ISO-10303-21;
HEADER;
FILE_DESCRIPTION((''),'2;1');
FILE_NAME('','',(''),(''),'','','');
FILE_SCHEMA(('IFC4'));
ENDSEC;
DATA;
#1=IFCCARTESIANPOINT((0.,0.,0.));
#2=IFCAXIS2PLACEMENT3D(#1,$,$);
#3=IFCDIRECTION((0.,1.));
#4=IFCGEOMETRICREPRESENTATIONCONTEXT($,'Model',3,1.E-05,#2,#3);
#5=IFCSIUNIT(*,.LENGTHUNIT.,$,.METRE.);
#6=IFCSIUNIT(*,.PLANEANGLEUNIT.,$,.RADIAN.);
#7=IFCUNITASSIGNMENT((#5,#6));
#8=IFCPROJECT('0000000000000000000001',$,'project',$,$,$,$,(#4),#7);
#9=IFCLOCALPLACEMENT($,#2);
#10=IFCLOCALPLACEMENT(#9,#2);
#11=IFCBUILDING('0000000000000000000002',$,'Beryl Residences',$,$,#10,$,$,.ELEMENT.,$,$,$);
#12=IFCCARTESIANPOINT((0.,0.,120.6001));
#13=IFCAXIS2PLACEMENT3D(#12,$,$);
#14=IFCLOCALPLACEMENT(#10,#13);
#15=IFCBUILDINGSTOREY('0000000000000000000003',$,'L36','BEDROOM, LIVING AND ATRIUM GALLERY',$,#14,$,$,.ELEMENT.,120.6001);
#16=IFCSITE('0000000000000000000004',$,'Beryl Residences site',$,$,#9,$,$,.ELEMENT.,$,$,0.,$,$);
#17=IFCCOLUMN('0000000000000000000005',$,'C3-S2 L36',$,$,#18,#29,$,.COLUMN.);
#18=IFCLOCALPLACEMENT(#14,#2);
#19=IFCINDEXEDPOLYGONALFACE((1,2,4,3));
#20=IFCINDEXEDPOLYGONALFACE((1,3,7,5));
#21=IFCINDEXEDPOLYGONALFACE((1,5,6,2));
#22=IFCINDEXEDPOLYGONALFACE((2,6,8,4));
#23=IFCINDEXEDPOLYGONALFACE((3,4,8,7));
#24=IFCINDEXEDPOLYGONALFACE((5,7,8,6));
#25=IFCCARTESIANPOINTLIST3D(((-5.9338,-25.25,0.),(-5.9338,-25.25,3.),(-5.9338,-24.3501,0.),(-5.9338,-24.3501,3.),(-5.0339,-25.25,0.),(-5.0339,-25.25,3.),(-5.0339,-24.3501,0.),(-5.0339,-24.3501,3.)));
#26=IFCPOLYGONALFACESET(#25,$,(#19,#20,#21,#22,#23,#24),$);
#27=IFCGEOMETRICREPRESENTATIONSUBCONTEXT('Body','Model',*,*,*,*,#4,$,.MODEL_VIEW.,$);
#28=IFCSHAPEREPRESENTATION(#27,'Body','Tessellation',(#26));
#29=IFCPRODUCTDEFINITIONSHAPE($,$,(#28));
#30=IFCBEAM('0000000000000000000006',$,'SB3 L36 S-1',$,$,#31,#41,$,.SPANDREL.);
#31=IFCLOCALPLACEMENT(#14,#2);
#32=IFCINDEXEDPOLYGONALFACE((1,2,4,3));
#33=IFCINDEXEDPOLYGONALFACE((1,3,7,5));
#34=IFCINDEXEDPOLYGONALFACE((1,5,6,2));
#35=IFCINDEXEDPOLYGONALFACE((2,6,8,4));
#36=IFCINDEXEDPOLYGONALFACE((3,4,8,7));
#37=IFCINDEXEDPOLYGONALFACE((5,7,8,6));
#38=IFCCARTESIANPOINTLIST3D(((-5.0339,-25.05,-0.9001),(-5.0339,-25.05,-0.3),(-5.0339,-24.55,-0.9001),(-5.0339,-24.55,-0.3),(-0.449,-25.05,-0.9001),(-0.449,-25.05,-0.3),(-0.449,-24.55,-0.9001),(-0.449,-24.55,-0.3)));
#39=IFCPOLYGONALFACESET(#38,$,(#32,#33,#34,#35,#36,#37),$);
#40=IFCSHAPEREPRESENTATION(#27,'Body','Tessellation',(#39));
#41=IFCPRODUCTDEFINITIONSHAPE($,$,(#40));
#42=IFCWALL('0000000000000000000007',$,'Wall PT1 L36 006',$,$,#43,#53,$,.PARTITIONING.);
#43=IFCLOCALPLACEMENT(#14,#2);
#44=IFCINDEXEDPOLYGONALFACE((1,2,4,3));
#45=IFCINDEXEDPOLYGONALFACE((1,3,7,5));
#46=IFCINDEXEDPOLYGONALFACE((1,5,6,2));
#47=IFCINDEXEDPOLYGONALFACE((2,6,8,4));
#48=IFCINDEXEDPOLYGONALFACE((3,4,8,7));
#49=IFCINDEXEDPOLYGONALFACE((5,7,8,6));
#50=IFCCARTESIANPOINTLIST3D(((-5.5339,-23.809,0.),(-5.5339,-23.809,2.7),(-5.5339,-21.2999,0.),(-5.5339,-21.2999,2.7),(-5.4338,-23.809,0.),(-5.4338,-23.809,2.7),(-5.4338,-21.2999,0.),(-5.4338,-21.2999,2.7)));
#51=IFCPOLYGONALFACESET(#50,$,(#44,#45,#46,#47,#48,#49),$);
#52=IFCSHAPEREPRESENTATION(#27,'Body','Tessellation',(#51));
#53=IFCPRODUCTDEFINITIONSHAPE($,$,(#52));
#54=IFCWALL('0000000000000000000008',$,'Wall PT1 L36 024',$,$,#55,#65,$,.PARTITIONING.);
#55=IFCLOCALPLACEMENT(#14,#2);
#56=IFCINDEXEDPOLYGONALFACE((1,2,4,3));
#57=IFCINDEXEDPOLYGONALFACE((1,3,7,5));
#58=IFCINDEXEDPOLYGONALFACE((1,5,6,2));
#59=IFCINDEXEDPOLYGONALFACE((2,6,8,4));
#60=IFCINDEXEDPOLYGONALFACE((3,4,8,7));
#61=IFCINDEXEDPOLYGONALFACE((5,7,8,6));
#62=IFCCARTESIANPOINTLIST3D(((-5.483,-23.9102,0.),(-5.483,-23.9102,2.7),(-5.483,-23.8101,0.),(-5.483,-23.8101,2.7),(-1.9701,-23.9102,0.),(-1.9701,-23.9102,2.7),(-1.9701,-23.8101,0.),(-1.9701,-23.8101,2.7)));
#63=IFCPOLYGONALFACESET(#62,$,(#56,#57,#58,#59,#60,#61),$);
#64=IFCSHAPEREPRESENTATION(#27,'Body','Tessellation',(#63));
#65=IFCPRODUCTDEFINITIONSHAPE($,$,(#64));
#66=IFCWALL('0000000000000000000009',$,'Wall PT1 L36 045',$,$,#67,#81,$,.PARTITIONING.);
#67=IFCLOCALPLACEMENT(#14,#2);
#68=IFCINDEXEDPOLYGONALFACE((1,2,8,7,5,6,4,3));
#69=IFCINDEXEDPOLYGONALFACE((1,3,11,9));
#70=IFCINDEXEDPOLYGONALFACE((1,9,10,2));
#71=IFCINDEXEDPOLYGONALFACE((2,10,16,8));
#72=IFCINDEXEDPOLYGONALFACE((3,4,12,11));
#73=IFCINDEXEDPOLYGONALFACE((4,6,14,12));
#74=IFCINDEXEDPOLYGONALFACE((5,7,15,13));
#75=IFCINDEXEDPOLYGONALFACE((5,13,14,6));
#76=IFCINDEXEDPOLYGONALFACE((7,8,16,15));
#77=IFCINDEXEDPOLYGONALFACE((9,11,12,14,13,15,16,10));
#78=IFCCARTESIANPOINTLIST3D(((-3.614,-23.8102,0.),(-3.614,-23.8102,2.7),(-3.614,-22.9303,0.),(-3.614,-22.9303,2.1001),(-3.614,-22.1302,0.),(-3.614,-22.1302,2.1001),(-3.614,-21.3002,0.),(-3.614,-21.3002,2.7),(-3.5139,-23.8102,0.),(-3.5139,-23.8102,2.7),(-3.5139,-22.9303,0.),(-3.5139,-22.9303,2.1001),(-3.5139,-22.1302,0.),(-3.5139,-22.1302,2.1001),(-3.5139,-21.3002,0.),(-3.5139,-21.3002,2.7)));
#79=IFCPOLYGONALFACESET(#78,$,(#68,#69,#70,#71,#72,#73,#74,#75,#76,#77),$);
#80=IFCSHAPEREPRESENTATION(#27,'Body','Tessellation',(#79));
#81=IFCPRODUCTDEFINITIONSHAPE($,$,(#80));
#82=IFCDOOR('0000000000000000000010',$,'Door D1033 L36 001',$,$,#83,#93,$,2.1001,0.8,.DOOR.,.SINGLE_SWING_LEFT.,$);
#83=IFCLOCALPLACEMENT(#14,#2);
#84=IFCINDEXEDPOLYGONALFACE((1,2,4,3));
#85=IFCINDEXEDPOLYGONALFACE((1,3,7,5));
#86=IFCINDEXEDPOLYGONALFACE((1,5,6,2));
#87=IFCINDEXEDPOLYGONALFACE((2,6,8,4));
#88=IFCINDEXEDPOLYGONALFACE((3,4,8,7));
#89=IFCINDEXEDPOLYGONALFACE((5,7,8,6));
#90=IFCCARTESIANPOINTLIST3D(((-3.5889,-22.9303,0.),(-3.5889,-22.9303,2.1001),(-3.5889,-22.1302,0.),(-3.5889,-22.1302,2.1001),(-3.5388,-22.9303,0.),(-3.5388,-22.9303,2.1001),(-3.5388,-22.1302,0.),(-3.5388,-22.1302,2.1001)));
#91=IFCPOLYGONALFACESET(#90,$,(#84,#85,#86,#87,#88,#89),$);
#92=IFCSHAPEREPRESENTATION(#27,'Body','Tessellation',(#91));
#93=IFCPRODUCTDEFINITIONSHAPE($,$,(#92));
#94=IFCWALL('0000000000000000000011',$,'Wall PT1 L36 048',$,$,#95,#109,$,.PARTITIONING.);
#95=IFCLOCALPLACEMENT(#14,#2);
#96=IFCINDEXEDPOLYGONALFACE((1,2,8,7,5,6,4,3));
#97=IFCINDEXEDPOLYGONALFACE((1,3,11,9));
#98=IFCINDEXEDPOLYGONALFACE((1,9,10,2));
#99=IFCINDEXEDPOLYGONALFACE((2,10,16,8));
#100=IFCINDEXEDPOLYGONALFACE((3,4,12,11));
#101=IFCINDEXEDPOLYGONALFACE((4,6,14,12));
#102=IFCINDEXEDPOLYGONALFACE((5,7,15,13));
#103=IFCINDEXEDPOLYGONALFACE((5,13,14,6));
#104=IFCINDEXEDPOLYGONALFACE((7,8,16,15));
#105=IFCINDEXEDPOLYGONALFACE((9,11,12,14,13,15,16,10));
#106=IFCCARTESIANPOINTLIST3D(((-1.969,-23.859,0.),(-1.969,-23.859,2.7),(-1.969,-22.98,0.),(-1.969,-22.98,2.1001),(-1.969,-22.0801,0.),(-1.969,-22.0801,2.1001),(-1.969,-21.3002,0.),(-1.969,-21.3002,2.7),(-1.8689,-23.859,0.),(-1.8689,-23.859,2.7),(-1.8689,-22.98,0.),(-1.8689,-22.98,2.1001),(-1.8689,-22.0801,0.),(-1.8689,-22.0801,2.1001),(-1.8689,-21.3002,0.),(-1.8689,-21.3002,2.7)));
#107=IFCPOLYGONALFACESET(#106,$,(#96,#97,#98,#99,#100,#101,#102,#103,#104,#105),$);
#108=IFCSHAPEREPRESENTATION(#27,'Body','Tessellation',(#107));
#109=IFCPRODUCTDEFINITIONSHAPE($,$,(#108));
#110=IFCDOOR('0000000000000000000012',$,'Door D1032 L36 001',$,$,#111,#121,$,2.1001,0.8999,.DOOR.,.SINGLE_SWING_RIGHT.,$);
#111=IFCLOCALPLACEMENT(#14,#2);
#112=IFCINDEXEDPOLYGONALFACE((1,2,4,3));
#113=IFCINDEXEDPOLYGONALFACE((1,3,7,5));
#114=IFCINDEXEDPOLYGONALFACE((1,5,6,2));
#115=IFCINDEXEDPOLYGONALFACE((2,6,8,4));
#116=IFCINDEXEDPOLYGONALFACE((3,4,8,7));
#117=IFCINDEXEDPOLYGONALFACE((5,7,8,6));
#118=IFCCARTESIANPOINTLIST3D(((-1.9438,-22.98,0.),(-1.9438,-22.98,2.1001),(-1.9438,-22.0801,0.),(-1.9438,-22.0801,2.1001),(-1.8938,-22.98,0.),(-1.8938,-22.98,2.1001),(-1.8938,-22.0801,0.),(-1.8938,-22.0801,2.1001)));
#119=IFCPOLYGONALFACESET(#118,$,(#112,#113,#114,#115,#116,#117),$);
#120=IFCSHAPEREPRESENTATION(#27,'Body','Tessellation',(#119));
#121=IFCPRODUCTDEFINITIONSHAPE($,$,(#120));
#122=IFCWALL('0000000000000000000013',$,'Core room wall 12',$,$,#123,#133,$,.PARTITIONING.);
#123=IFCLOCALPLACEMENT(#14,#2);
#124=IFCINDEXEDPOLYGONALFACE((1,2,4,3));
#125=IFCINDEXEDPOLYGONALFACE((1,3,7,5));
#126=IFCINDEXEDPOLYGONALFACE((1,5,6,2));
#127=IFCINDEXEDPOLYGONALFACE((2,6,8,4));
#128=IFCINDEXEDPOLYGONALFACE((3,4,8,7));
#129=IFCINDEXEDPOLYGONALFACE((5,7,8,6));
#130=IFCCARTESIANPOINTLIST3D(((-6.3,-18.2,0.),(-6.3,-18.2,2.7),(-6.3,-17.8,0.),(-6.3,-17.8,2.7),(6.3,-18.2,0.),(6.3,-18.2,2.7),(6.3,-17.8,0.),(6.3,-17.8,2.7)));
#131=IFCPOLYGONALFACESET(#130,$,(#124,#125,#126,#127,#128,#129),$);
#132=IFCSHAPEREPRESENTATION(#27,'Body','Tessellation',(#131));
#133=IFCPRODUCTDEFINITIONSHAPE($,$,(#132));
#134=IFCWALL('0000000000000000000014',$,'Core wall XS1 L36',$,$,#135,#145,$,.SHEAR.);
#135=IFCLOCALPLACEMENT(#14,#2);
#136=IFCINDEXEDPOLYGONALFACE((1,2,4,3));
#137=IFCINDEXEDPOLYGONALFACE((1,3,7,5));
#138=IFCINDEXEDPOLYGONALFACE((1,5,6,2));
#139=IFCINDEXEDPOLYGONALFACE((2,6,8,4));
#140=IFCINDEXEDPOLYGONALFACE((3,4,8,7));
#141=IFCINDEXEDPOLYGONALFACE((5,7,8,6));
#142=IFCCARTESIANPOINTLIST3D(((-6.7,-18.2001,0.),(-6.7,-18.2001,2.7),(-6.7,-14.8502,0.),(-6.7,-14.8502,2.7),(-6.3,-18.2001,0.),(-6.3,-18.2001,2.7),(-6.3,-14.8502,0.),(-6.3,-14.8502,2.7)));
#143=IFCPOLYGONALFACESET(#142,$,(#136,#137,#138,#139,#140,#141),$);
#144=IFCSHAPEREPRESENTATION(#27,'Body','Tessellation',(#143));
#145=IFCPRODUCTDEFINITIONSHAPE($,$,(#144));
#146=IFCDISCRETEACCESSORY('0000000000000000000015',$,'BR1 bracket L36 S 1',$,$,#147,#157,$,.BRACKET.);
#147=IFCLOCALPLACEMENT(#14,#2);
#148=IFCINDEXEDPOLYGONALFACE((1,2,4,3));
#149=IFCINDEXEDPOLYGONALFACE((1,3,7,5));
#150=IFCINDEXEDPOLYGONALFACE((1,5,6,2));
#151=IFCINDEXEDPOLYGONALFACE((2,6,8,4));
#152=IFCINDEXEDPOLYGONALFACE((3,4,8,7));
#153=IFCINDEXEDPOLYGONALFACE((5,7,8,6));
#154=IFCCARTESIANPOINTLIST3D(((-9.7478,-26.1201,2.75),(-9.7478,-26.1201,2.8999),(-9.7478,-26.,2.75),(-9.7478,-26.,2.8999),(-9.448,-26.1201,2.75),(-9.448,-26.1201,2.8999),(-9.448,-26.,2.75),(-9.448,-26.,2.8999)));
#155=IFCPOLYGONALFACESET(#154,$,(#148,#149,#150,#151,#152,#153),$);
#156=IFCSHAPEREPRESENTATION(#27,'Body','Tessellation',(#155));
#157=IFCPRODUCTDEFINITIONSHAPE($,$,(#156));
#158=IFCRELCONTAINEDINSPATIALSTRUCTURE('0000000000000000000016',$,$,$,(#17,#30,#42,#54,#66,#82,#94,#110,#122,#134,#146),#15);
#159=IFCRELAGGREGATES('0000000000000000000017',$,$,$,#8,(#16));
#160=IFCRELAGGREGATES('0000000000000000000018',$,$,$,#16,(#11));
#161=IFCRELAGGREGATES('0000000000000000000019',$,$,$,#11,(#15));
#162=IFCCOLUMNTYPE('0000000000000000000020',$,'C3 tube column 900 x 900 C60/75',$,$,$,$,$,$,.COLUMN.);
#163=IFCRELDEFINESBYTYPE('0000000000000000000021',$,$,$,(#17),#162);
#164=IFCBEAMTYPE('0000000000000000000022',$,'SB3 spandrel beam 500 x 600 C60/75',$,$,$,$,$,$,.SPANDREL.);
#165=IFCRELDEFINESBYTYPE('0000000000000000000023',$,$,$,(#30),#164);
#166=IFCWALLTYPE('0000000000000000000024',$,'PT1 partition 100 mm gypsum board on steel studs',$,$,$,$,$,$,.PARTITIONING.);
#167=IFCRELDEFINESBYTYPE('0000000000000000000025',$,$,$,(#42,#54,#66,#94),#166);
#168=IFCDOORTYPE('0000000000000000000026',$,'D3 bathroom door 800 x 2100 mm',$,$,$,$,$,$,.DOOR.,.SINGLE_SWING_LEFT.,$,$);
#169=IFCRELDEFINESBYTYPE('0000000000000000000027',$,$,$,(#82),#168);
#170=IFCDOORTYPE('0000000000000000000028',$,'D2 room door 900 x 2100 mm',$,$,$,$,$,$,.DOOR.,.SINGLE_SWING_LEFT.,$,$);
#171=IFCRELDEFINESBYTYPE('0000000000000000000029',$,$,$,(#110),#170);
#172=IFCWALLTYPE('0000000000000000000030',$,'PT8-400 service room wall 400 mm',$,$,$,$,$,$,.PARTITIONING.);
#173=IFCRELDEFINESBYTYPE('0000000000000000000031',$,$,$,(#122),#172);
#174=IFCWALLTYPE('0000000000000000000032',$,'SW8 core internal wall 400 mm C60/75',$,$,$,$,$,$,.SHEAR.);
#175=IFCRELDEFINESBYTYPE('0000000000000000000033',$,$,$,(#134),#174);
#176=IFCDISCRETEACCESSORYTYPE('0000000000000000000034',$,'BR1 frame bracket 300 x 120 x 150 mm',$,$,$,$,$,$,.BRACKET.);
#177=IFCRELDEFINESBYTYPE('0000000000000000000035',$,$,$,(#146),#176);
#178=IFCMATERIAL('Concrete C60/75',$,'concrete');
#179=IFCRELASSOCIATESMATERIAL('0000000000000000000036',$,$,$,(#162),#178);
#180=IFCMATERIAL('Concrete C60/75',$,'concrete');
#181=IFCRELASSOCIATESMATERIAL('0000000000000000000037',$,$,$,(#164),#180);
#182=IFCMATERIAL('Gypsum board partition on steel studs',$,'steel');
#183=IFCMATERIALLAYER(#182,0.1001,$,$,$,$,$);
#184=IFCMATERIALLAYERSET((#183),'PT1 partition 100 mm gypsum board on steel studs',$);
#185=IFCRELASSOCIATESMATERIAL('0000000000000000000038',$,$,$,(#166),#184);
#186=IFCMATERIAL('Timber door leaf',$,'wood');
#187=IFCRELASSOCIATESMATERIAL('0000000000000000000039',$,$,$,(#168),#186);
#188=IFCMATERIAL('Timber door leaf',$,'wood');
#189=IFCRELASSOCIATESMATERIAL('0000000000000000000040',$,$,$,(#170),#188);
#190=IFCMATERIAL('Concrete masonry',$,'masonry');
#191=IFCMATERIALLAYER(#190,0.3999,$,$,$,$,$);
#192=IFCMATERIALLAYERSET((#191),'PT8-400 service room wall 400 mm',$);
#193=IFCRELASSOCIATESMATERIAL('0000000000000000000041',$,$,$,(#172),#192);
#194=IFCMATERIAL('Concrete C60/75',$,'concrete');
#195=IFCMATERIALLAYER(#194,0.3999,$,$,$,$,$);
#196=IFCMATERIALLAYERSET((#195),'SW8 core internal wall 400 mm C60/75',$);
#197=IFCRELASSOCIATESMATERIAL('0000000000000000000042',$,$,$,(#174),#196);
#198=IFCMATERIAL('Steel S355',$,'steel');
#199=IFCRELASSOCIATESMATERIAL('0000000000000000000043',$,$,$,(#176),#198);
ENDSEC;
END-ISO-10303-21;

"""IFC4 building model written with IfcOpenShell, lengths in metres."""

from ifc_helpers import new_model, si_unit, direction, frame, frame_2d, origin, origin_2d, place, context, subcontext, project, spatial, polyline, rectangle, outline, extrude, source, transform, mapped, material, layer, layer_set, material_profile, profile_set, type_object, type_shapes, element, fill, save


model = new_model("IFC4")

# Units and contexts
model_context = context("Model", 3, precision=1e-05, world=origin(), true_north=direction((0.0, 1.0)))
body_context = subcontext(model_context, "Body", "Model", "MODEL_VIEW")
ifc_project = project(units=[si_unit("LENGTHUNIT", "METRE"), si_unit("PLANEANGLEUNIT", "RADIAN")], contexts=[model_context])

# Site, building, storey
site_placement = place(None, origin())
site = spatial("IfcSite", under=ifc_project, at=site_placement, Name="Beryl Residences site", CompositionType="ELEMENT", RefElevation=0.0)
building_placement = place(site_placement, origin())
building = spatial("IfcBuilding", under=site, at=building_placement, Name="Beryl Residences", CompositionType="ELEMENT")
storey_placement = place(building_placement, frame((0.0, 0.0, 120.6001)))
storey = spatial("IfcBuildingStorey", under=building, at=storey_placement, Name="L36", Description="BEDROOM, LIVING AND ATRIUM GALLERY", CompositionType="ELEMENT", Elevation=120.6001)

# Column
ifc_material_1 = material(Name="Concrete C60/75", Category="concrete")
ifc_material_profile_1 = material_profile(ifc_material_1, rectangle(XDim=0.8999, YDim=0.8999, at=origin_2d()))
ifc_profile_set_1 = profile_set([ifc_material_profile_1], Name="Concrete C60/75")
column_type = type_object("IfcColumnType", Name="C3 tube column 900 x 900 C60/75", PredefinedType="COLUMN", material=ifc_profile_set_1)
column_placement = place(storey_placement, frame((-5.4839, -24.8, 0.0), z_axis=(0.0, 0.0, 1.0), x_axis=(1.0, 0.0, 0.0)))
element("IfcColumn", 1, at=column_placement, inside=storey, type_object=column_type, Name="C3-S2 L36", PredefinedType="COLUMN", context=body_context, shape_type="SweptSolid", body=[
    extrude(rectangle(XDim=0.8999, YDim=0.8999, at=origin_2d()), origin(), (0.0, 0.0, 1.0), 3.0),
])

# Beam
ifc_material_2 = material(Name="Concrete C60/75", Category="concrete")
ifc_material_profile_2 = material_profile(ifc_material_2, rectangle(XDim=0.5, YDim=0.6001, at=origin_2d()))
ifc_profile_set_2 = profile_set([ifc_material_profile_2], Name="Concrete C60/75")
beam_type = type_object("IfcBeamType", Name="SB3 spandrel beam 500 x 600 C60/75", PredefinedType="SPANDREL", material=ifc_profile_set_2)
beam_placement = place(storey_placement, frame((-5.0339, -24.8, -0.6001), z_axis=(1.0, 0.0, 0.0), x_axis=(0.0, 1.0, 0.0)))
element("IfcBeam", 2, at=beam_placement, inside=storey, type_object=beam_type, Name="SB3 L36 S-1", PredefinedType="SPANDREL", context=body_context, shape_type="SweptSolid", body=[
    extrude(rectangle(XDim=0.5, YDim=0.6001, at=origin_2d()), origin(), (0.0, 0.0, 1.0), 4.585),
])

# Walls
ifc_material_3 = material(Name="Gypsum board partition on steel studs", Category="steel")
ifc_layer_1 = layer(ifc_material_3, 0.1001)
ifc_layer_set_1 = layer_set([ifc_layer_1], Name="PT1 partition 100 mm gypsum board on steel studs")
wall_type_1 = type_object("IfcWallType", Name="PT1 partition 100 mm gypsum board on steel studs", PredefinedType="PARTITIONING", material=ifc_layer_set_1)
wall_1_placement = place(storey_placement, frame((-5.4839, -21.3, 0.0), z_axis=(0.0, 0.0, 1.0), x_axis=(0.0, -1.0, 0.0)))
element("IfcWall", 3, at=wall_1_placement, inside=storey, type_object=wall_type_1, Name="Wall PT1 L36 006", PredefinedType="PARTITIONING", context=body_context, shape_type="SweptSolid", body=[
    extrude(rectangle(XDim=2.509, YDim=0.1001, at=frame_2d((1.2544, 0.0))), origin(), (0.0, 0.0, 1.0), 2.7),
])
wall_2_placement = place(storey_placement, frame((-5.4829, -23.8601, 0.0), z_axis=(0.0, 0.0, 1.0), x_axis=(1.0, 0.0, 0.0)))
element("IfcWall", 4, at=wall_2_placement, inside=storey, type_object=wall_type_1, Name="Wall PT1 L36 024", PredefinedType="PARTITIONING", context=body_context, shape_type="SweptSolid", body=[
    extrude(rectangle(XDim=3.5129, YDim=0.1001, at=frame_2d((1.7563, 0.0))), origin(), (0.0, 0.0, 1.0), 2.7),
])

# Walls, openings, doors
wall_3_placement = place(storey_placement, frame((-3.564, -23.8101, 0.0), z_axis=(0.0, 0.0, 1.0), x_axis=(0.0, 1.0, 0.0)))
wall_3 = element("IfcWall", 5, at=wall_3_placement, inside=storey, type_object=wall_type_1, Name="Wall PT1 L36 045", PredefinedType="PARTITIONING", context=body_context, shape_type="SweptSolid", body=[
    extrude(rectangle(XDim=2.51, YDim=0.1001, at=frame_2d((1.2549, 0.0))), origin(), (0.0, 0.0, 1.0), 2.7),
])
opening_1_placement = place(wall_3_placement, frame((0.8799, 0.0, 0.0)))
opening_1 = element("IfcOpeningElement", 6, at=opening_1_placement, cuts=wall_3, PredefinedType="OPENING", context=body_context, shape_type="SweptSolid", body=[
    extrude(rectangle(XDim=0.8, YDim=2.1001, at=frame_2d((0.3999, 1.05))), frame((0.0, 0.0601, 0.0), z_axis=(0.0, -1.0, 0.0), x_axis=(1.0, 0.0, 0.0)), (0.0, 0.0, 1.0), 0.1201),
])
ifc_material_4 = material(Name="Timber door leaf", Category="wood")
door_type_1 = type_object("IfcDoorType", Name="D3 bathroom door 800 x 2100 mm", OperationType="SINGLE_SWING_LEFT", PredefinedType="DOOR", material=ifc_material_4)
door_1_placement = place(opening_1_placement, origin())
door_1 = element("IfcDoor", 7, at=door_1_placement, inside=storey, type_object=door_type_1, Name="Door D1033 L36 001", OperationType="SINGLE_SWING_LEFT", OverallHeight=2.1001, OverallWidth=0.8, PredefinedType="DOOR", context=body_context, shape_type="SweptSolid", body=[
    extrude(rectangle(XDim=0.8, YDim=2.1001, at=frame_2d((0.3999, 1.05))), frame((0.0, 0.0249, 0.0), z_axis=(0.0, -1.0, 0.0), x_axis=(1.0, 0.0, 0.0)), (0.0, 0.0, 1.0), 0.05),
])
fill(opening_1, door_1)
wall_4_placement = place(storey_placement, frame((-1.9189, -23.8589, 0.0), z_axis=(0.0, 0.0, 1.0), x_axis=(0.0, 1.0, 0.0)))
wall_4 = element("IfcWall", 8, at=wall_4_placement, inside=storey, type_object=wall_type_1, Name="Wall PT1 L36 048", PredefinedType="PARTITIONING", context=body_context, shape_type="SweptSolid", body=[
    extrude(rectangle(XDim=2.5588, YDim=0.1001, at=frame_2d((1.2793, 0.0))), origin(), (0.0, 0.0, 1.0), 2.7),
])
opening_2_placement = place(wall_4_placement, frame((0.8789, 0.0, 0.0)))
opening_2 = element("IfcOpeningElement", 9, at=opening_2_placement, cuts=wall_4, PredefinedType="OPENING", context=body_context, shape_type="SweptSolid", body=[
    extrude(rectangle(XDim=0.8999, YDim=2.1001, at=frame_2d((0.45, 1.05))), frame((0.0, 0.0601, 0.0), z_axis=(0.0, -1.0, 0.0), x_axis=(1.0, 0.0, 0.0)), (0.0, 0.0, 1.0), 0.1201),
])
ifc_material_5 = material(Name="Timber door leaf", Category="wood")
door_type_2 = type_object("IfcDoorType", Name="D2 room door 900 x 2100 mm", OperationType="SINGLE_SWING_LEFT", PredefinedType="DOOR", material=ifc_material_5)
door_2_placement = place(opening_2_placement, origin())
door_2 = element("IfcDoor", 10, at=door_2_placement, inside=storey, type_object=door_type_2, Name="Door D1032 L36 001", OperationType="SINGLE_SWING_RIGHT", OverallHeight=2.1001, OverallWidth=0.8999, PredefinedType="DOOR", context=body_context, shape_type="SweptSolid", body=[
    extrude(rectangle(XDim=0.8999, YDim=2.1001, at=frame_2d((0.45, 1.05))), frame((0.0, 0.0249, 0.0), z_axis=(0.0, -1.0, 0.0), x_axis=(1.0, 0.0, 0.0)), (0.0, 0.0, 1.0), 0.05),
])
fill(opening_2, door_2)

# Walls
ifc_material_6 = material(Name="Concrete masonry", Category="masonry")
ifc_layer_2 = layer(ifc_material_6, 0.3999)
ifc_layer_set_2 = layer_set([ifc_layer_2], Name="PT8-400 service room wall 400 mm")
wall_type_2 = type_object("IfcWallType", Name="PT8-400 service room wall 400 mm", PredefinedType="PARTITIONING", material=ifc_layer_set_2)
wall_5_placement = place(storey_placement, frame((-6.3, -18.0, 0.0), z_axis=(0.0, 0.0, 1.0), x_axis=(1.0, 0.0, 0.0)))
element("IfcWall", 11, at=wall_5_placement, inside=storey, type_object=wall_type_2, Name="Core room wall 12", PredefinedType="PARTITIONING", context=body_context, shape_type="SweptSolid", body=[
    extrude(rectangle(XDim=12.6001, YDim=0.3999, at=frame_2d((6.3, 0.0))), origin(), (0.0, 0.0, 1.0), 2.7),
])
ifc_material_7 = material(Name="Concrete C60/75", Category="concrete")
ifc_layer_3 = layer(ifc_material_7, 0.3999)
ifc_layer_set_3 = layer_set([ifc_layer_3], Name="SW8 core internal wall 400 mm C60/75")
wall_type_3 = type_object("IfcWallType", Name="SW8 core internal wall 400 mm C60/75", PredefinedType="SHEAR", material=ifc_layer_set_3)
wall_6_placement = place(storey_placement, frame((-6.5, -18.2, 0.0), z_axis=(0.0, 0.0, 1.0), x_axis=(0.0, 1.0, 0.0)))
element("IfcWall", 12, at=wall_6_placement, inside=storey, type_object=wall_type_3, Name="Core wall XS1 L36", PredefinedType="SHEAR", context=body_context, shape_type="SweptSolid", body=[
    extrude(rectangle(XDim=3.3499, YDim=0.3999, at=frame_2d((1.6748, 0.0))), origin(), (0.0, 0.0, 1.0), 2.7),
])

# Discrete accessory
ifc_material_8 = material(Name="Steel S355", Category="steel")
discrete_accessory_type = type_object("IfcDiscreteAccessoryType", Name="BR1 frame bracket 300 x 120 x 150 mm", PredefinedType="BRACKET", material=ifc_material_8)
shared_shape_1 = source(origin(), body_context, "Body", "SweptSolid", [
    extrude(outline(polyline([(-0.1499, 0.0), (0.1499, 0.0), (0.1499, 0.1201), (-0.1499, 0.1201), (-0.1499, 0.0)])), origin(), (0.0, 0.0, 1.0), 0.1499),
])
type_shapes(discrete_accessory_type, [shared_shape_1])
discrete_accessory_placement = place(storey_placement, frame((-9.5979, -26.0, 2.75), z_axis=(0.0, 0.0, 1.0), x_axis=(-1.0, 0.0, 0.0)))
element("IfcDiscreteAccessory", 13, at=discrete_accessory_placement, inside=storey, type_object=discrete_accessory_type, Name="BR1 bracket L36 S 1", PredefinedType="BRACKET", context=body_context, shape_type="MappedRepresentation", body=[
    mapped(shared_shape_1, transform((0.0, 0.0, 0.0))),
])

save(model, "model.ifc")
